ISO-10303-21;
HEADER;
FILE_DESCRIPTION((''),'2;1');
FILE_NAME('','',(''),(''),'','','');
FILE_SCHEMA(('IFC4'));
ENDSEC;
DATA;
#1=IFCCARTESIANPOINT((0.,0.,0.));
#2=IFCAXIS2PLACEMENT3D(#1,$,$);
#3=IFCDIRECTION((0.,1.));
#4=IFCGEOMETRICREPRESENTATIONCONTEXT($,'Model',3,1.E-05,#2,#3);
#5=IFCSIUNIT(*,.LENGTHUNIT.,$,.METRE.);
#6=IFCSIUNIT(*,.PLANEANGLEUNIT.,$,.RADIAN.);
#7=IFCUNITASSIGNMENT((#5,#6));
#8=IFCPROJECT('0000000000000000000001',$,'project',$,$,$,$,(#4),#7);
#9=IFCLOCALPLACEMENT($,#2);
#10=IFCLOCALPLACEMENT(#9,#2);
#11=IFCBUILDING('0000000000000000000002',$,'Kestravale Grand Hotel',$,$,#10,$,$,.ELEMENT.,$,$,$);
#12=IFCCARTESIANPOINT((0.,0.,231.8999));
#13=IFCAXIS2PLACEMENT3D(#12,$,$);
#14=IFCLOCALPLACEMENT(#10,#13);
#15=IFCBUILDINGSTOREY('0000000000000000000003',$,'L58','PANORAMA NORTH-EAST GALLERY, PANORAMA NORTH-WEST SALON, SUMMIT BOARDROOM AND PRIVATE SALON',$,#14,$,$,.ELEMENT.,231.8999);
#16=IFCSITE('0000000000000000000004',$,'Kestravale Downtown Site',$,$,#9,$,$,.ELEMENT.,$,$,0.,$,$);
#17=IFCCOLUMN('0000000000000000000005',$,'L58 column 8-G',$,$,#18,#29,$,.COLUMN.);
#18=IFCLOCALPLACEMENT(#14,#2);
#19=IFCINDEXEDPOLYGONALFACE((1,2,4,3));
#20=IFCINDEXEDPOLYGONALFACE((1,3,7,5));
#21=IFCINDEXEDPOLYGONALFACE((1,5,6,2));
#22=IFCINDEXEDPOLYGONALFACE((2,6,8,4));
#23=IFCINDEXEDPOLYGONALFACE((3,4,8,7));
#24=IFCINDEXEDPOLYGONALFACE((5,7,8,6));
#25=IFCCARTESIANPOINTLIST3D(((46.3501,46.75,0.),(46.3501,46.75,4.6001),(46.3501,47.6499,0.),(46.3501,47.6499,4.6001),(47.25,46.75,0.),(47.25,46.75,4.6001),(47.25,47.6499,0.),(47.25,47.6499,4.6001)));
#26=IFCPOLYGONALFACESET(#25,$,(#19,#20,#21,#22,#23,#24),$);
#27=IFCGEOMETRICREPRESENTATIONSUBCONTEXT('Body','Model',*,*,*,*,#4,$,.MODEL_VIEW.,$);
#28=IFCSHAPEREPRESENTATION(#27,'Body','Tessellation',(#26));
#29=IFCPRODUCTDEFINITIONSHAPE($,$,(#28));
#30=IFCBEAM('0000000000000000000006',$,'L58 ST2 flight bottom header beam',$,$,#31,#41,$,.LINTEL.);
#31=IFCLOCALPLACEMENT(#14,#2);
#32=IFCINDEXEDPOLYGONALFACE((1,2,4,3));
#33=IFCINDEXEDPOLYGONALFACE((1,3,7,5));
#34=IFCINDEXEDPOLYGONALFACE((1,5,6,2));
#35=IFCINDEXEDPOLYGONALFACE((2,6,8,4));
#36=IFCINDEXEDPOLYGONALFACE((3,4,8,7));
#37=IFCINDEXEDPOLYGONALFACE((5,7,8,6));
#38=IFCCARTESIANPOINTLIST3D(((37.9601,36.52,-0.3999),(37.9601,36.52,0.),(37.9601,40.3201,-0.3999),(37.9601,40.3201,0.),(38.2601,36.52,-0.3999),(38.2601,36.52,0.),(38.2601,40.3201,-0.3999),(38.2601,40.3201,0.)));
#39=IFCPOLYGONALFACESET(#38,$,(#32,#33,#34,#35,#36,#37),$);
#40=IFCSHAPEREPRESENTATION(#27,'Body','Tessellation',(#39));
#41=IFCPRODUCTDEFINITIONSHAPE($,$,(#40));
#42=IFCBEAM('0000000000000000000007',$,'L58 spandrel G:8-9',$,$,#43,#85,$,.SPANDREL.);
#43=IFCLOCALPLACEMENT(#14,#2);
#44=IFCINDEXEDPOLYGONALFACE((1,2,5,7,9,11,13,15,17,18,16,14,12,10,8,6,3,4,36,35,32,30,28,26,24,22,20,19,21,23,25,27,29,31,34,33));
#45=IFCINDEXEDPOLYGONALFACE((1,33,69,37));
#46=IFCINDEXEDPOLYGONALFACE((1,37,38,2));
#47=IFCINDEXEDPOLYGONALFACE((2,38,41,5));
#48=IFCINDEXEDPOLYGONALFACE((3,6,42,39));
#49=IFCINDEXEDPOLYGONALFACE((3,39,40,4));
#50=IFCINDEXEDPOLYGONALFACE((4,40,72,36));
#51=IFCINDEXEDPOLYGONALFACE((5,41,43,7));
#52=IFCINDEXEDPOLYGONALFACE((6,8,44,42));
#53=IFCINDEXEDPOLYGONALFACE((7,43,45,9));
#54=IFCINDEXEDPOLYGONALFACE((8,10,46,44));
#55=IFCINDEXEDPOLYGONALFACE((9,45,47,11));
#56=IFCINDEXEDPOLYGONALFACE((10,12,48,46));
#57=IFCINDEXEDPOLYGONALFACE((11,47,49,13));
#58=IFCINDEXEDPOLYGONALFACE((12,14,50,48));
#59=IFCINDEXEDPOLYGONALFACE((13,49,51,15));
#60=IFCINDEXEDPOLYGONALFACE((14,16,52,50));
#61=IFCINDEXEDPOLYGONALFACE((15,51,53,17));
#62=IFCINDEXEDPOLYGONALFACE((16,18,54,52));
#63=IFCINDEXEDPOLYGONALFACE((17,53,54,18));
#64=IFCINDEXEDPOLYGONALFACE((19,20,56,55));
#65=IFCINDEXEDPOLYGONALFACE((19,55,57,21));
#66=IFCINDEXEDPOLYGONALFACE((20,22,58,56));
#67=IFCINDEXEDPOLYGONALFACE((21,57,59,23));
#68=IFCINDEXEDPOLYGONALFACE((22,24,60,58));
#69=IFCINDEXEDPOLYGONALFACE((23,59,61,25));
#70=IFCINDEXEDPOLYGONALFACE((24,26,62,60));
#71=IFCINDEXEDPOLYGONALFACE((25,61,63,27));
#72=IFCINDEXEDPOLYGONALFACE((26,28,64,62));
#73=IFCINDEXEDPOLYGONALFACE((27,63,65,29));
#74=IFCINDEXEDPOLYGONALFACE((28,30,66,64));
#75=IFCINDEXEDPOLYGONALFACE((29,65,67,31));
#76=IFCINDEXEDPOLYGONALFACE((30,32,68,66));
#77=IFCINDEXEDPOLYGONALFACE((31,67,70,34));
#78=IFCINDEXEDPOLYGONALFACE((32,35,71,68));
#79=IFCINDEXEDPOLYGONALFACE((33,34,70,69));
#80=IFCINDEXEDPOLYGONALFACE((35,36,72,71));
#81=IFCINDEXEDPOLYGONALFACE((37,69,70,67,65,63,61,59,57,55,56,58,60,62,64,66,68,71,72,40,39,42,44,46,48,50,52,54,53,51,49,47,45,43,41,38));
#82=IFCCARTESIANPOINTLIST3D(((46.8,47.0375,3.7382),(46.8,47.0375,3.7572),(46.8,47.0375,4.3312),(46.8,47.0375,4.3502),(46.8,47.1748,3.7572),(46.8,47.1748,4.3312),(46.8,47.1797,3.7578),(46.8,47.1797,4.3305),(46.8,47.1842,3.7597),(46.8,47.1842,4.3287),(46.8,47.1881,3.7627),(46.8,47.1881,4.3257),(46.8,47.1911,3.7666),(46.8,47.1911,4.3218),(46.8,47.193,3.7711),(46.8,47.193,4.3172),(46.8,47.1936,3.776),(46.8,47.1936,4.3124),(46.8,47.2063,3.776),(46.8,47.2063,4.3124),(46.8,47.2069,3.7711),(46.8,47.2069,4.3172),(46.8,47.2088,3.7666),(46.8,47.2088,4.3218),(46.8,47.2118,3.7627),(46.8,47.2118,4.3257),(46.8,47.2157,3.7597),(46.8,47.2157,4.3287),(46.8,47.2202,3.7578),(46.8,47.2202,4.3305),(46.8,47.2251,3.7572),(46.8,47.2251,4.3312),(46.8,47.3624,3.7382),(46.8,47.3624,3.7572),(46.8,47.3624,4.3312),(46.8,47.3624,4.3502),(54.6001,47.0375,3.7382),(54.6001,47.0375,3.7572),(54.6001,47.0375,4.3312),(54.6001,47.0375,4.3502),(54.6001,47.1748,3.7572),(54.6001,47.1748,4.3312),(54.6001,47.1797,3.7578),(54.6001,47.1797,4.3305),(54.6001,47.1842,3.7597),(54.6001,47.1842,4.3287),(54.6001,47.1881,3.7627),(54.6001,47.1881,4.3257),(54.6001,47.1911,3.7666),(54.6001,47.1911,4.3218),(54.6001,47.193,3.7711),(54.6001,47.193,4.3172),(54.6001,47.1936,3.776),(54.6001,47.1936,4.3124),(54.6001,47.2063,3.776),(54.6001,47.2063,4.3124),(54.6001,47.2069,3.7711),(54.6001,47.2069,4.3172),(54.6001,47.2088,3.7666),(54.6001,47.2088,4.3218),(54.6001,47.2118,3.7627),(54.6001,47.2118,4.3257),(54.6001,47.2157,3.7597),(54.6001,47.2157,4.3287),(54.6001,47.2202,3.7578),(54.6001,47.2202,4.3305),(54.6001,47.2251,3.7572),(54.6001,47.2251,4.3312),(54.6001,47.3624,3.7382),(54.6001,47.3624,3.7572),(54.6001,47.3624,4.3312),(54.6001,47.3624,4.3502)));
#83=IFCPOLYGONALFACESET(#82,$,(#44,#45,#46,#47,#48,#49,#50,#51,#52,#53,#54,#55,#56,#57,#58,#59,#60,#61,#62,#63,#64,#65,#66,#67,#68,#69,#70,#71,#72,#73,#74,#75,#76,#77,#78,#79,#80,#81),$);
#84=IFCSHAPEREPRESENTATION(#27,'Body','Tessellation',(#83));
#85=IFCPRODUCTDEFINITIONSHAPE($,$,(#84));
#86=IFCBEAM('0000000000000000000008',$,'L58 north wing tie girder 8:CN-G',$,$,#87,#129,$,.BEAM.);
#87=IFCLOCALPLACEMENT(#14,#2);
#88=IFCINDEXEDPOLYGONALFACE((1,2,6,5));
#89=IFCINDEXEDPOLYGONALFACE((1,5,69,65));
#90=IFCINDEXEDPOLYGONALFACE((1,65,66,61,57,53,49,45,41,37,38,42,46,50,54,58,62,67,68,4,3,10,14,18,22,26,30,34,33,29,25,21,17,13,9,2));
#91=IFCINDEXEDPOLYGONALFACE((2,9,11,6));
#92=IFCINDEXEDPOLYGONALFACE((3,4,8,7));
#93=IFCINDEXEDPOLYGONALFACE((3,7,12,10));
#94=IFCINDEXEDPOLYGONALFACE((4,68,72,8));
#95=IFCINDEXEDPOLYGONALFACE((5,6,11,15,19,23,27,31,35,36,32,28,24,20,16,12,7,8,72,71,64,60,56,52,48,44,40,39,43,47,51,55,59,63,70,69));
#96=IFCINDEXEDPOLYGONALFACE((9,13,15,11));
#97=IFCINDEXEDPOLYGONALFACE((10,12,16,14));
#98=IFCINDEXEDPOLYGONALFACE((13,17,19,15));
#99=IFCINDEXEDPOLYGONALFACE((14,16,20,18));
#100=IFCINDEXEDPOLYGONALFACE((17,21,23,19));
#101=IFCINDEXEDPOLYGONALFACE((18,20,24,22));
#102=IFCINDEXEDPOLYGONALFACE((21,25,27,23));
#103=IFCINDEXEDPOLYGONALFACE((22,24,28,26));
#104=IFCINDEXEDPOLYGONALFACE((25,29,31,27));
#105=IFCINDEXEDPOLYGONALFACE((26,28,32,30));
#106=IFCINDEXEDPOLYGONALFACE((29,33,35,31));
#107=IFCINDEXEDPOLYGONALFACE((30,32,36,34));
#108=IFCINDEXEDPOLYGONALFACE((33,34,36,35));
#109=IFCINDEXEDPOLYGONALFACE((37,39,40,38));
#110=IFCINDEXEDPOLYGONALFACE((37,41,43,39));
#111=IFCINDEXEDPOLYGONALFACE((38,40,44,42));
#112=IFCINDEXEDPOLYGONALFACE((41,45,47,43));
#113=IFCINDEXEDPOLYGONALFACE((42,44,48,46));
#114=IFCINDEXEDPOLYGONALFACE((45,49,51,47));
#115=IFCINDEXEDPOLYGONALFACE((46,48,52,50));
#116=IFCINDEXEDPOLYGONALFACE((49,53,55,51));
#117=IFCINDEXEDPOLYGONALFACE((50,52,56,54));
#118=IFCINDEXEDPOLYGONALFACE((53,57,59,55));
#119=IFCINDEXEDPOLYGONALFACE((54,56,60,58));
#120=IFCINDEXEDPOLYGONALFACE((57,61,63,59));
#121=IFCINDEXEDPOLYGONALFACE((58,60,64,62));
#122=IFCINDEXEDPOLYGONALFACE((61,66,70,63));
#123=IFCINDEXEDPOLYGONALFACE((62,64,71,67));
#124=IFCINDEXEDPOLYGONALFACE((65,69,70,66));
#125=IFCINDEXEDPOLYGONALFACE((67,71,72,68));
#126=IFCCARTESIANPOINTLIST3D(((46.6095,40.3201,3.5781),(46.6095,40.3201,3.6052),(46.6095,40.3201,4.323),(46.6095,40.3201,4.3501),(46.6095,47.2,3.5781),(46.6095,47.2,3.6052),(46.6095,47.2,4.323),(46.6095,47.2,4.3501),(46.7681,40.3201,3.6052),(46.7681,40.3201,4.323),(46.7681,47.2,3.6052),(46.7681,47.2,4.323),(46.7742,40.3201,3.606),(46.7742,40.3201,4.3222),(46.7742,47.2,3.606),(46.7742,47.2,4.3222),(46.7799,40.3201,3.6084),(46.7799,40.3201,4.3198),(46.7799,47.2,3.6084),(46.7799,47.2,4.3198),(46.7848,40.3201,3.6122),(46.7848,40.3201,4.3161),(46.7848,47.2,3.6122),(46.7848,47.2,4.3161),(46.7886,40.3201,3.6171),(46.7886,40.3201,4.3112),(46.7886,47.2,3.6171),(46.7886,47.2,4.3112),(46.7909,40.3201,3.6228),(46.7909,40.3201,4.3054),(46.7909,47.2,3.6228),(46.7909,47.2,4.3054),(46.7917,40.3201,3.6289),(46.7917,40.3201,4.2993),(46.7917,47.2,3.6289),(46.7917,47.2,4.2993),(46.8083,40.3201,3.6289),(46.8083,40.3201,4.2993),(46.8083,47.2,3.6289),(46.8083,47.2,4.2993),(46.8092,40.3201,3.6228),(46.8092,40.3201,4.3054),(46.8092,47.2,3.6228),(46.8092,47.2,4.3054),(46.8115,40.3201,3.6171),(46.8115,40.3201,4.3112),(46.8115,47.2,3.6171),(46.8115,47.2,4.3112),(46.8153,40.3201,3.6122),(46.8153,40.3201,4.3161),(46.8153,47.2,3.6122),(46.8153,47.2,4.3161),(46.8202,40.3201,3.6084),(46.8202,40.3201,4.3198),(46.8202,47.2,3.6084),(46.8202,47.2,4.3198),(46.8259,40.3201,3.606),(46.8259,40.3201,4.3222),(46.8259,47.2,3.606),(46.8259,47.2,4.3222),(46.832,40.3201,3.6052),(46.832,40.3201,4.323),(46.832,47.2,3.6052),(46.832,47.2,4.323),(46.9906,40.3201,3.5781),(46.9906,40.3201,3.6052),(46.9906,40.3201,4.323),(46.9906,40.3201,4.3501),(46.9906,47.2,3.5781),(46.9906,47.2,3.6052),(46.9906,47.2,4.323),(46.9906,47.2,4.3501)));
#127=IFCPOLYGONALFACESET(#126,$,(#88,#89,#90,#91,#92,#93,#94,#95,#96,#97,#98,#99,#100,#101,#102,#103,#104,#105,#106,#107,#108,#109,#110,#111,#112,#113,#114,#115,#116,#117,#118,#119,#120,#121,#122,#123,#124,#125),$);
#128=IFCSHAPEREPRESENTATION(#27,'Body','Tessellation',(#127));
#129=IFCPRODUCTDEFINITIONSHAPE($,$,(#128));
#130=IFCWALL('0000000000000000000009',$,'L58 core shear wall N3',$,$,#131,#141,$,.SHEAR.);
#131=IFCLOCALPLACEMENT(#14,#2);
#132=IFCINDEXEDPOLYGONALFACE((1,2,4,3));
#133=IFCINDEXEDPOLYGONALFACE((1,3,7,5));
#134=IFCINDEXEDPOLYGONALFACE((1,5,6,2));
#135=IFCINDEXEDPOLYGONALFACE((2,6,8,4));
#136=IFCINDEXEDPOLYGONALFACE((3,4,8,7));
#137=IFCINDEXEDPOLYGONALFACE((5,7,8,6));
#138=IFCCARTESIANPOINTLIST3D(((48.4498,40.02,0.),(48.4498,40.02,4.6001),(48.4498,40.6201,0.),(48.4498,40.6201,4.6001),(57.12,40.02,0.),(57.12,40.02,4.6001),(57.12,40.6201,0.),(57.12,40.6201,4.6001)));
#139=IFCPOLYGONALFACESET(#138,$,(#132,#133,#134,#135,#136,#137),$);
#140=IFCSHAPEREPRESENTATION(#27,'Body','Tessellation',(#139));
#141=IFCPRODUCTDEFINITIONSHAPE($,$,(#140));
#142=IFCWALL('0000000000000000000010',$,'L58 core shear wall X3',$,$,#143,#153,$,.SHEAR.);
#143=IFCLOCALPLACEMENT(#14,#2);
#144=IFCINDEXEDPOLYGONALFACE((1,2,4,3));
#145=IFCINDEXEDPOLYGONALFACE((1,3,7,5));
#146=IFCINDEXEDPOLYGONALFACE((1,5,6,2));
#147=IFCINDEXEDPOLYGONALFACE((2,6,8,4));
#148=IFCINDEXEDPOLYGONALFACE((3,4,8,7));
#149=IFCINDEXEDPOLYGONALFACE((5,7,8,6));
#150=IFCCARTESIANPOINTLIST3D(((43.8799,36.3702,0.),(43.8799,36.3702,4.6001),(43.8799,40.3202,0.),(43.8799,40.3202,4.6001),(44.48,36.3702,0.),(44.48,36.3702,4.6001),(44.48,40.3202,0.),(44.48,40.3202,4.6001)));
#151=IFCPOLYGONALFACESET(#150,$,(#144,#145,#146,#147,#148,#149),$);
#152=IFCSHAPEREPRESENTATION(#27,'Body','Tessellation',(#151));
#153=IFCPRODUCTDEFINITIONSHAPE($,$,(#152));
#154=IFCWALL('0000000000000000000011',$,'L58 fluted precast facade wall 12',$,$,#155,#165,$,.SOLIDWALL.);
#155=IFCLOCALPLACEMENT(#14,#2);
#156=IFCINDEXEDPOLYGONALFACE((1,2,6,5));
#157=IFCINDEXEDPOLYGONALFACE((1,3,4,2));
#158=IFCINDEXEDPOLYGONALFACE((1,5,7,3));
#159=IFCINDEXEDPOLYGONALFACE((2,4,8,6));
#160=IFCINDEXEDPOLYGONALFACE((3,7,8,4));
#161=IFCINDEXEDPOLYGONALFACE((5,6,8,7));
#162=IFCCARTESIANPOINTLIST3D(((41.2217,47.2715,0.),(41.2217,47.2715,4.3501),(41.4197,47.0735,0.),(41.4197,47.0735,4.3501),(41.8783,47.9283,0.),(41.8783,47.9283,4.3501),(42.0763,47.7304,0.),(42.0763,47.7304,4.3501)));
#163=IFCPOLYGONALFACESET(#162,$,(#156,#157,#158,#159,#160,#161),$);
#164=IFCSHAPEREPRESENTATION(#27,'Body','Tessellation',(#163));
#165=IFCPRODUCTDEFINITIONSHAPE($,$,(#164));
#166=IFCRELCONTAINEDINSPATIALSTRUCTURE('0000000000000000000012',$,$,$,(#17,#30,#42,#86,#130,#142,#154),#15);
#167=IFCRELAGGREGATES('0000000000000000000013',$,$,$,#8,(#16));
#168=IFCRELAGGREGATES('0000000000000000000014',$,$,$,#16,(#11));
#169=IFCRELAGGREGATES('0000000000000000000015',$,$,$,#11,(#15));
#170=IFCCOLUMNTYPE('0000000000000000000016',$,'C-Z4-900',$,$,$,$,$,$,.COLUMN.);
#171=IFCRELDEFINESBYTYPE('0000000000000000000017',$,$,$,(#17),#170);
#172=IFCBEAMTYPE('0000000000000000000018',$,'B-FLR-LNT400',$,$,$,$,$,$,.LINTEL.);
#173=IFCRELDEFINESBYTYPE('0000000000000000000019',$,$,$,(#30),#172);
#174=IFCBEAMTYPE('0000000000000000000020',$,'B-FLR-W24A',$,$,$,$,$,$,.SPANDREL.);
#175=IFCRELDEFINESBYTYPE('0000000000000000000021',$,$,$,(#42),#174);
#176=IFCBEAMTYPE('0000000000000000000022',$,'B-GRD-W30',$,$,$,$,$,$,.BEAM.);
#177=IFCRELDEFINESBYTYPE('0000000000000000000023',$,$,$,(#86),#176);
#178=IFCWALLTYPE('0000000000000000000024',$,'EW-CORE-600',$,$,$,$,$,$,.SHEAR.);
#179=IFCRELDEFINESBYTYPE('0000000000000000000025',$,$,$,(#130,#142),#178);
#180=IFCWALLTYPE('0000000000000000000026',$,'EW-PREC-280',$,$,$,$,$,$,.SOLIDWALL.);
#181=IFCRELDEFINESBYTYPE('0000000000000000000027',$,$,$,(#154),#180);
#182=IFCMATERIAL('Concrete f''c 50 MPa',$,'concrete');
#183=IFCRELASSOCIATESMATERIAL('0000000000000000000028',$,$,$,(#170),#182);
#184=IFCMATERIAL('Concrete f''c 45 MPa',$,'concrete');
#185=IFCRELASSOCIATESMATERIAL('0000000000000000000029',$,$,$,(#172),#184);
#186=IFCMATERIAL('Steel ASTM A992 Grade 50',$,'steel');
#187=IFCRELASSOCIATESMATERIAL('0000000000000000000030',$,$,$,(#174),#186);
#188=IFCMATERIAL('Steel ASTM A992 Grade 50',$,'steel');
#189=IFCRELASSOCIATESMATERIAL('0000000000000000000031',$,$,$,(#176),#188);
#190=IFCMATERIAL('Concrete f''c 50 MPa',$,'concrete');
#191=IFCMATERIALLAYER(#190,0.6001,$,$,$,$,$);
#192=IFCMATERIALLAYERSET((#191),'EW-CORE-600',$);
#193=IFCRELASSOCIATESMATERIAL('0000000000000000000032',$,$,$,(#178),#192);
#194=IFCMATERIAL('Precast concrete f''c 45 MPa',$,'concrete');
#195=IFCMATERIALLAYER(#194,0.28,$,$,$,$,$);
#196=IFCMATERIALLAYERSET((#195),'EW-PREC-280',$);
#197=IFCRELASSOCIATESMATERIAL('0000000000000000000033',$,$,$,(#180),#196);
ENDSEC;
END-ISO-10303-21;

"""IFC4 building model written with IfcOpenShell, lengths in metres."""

from ifc_helpers import new_model, si_unit, direction, frame, frame_2d, origin, origin_2d, place, context, subcontext, project, spatial, rectangle, i_section, extrude, material, layer, layer_set, material_profile, profile_set, type_object, element, save


model = new_model("IFC4")

# Units and contexts
model_context = context("Model", 3, precision=1e-05, world=origin(), true_north=direction((0.0, 1.0)))
body_context = subcontext(model_context, "Body", "Model", "MODEL_VIEW")
ifc_project = project(units=[si_unit("LENGTHUNIT", "METRE"), si_unit("PLANEANGLEUNIT", "RADIAN")], contexts=[model_context])

# Site, building, storey
site_placement = place(None, origin())
site = spatial("IfcSite", under=ifc_project, at=site_placement, Name="Kestravale Downtown Site", CompositionType="ELEMENT", RefElevation=0.0)
building_placement = place(site_placement, origin())
building = spatial("IfcBuilding", under=site, at=building_placement, Name="Kestravale Grand Hotel", CompositionType="ELEMENT")
storey_placement = place(building_placement, frame((0.0, 0.0, 231.8999)))
storey = spatial("IfcBuildingStorey", under=building, at=storey_placement, Name="L58", Description="PANORAMA NORTH-EAST GALLERY, PANORAMA NORTH-WEST SALON, SUMMIT BOARDROOM AND PRIVATE SALON", CompositionType="ELEMENT", Elevation=231.8999)

# Column
ifc_material_1 = material(Name="Concrete f'c 50 MPa", Category="concrete")
ifc_material_profile_1 = material_profile(ifc_material_1, rectangle(XDim=0.8999, YDim=0.8999, at=origin_2d()))
ifc_profile_set_1 = profile_set([ifc_material_profile_1], Name="Concrete f'c 50 MPa")
column_type = type_object("IfcColumnType", Name="C-Z4-900", PredefinedType="COLUMN", material=ifc_profile_set_1)
column_placement = place(storey_placement, frame((46.8, 47.2, 0.0), z_axis=(0.0, 0.0, 1.0), x_axis=(1.0, 0.0, 0.0)))
element("IfcColumn", 1, at=column_placement, inside=storey, type_object=column_type, Name="L58 column 8-G", PredefinedType="COLUMN", context=body_context, shape_type="SweptSolid", body=[
    extrude(rectangle(XDim=0.8999, YDim=0.8999, at=origin_2d()), origin(), (0.0, 0.0, 1.0), 4.6001),
])

# Beams
ifc_material_2 = material(Name="Concrete f'c 45 MPa", Category="concrete")
ifc_material_profile_2 = material_profile(ifc_material_2, rectangle(XDim=0.3, YDim=0.3999, at=origin_2d()))
ifc_profile_set_2 = profile_set([ifc_material_profile_2], Name="Concrete f'c 45 MPa")
beam_type_1 = type_object("IfcBeamType", Name="B-FLR-LNT400", PredefinedType="LINTEL", material=ifc_profile_set_2)
beam_1_placement = place(storey_placement, frame((38.1101, 36.52, -0.2), z_axis=(0.0, 1.0, 0.0), x_axis=(-1.0, 0.0, 0.0)))
element("IfcBeam", 2, at=beam_1_placement, inside=storey, type_object=beam_type_1, Name="L58 ST2 flight bottom header beam", PredefinedType="LINTEL", context=body_context, shape_type="SweptSolid", body=[
    extrude(rectangle(XDim=0.3, YDim=0.3999, at=origin_2d()), origin(), (0.0, 0.0, 1.0), 3.8),
])
ifc_material_3 = material(Name="Steel ASTM A992 Grade 50", Category="steel")
ifc_material_profile_3 = material_profile(ifc_material_3, i_section(OverallWidth=0.325, OverallDepth=0.6121, WebThickness=0.0127, FlangeThickness=0.019, FilletRadius=0.0188, at=origin_2d()))
ifc_profile_set_3 = profile_set([ifc_material_profile_3], Name="Steel ASTM A992 Grade 50")
beam_type_2 = type_object("IfcBeamType", Name="B-FLR-W24A", PredefinedType="SPANDREL", material=ifc_profile_set_3)
beam_2_placement = place(storey_placement, frame((46.8, 47.2, 4.0442), z_axis=(1.0, 0.0, 0.0), x_axis=(0.0, 1.0, 0.0)))
element("IfcBeam", 3, at=beam_2_placement, inside=storey, type_object=beam_type_2, Name="L58 spandrel G:8-9", PredefinedType="SPANDREL", context=body_context, shape_type="SweptSolid", body=[
    extrude(i_section(OverallWidth=0.325, OverallDepth=0.6121, WebThickness=0.0127, FlangeThickness=0.019, FilletRadius=0.0188, at=origin_2d()), origin(), (0.0, 0.0, 1.0), 7.8),
])
ifc_material_4 = material(Name="Steel ASTM A992 Grade 50", Category="steel")
ifc_material_profile_4 = material_profile(ifc_material_4, i_section(OverallWidth=0.3811, OverallDepth=0.772, WebThickness=0.0166, FlangeThickness=0.0271, FilletRadius=0.0237, at=origin_2d()))
ifc_profile_set_4 = profile_set([ifc_material_profile_4], Name="Steel ASTM A992 Grade 50")
beam_type_3 = type_object("IfcBeamType", Name="B-GRD-W30", PredefinedType="BEAM", material=ifc_profile_set_4)
beam_3_placement = place(storey_placement, frame((46.8, 40.3201, 3.9641), z_axis=(0.0, 1.0, 0.0), x_axis=(-1.0, 0.0, 0.0)))
element("IfcBeam", 4, at=beam_3_placement, inside=storey, type_object=beam_type_3, Name="L58 north wing tie girder 8:CN-G", PredefinedType="BEAM", context=body_context, shape_type="SweptSolid", body=[
    extrude(i_section(OverallWidth=0.3811, OverallDepth=0.772, WebThickness=0.0166, FlangeThickness=0.0271, FilletRadius=0.0237, at=origin_2d()), origin(), (0.0, 0.0, 1.0), 6.8799),
])

# Walls
ifc_material_5 = material(Name="Concrete f'c 50 MPa", Category="concrete")
ifc_layer_1 = layer(ifc_material_5, 0.6001)
ifc_layer_set_1 = layer_set([ifc_layer_1], Name="EW-CORE-600")
wall_type_1 = type_object("IfcWallType", Name="EW-CORE-600", PredefinedType="SHEAR", material=ifc_layer_set_1)
wall_1_placement = place(storey_placement, frame((48.45, 40.3201, 0.0), z_axis=(0.0, 0.0, 1.0), x_axis=(1.0, 0.0, 0.0)))
element("IfcWall", 5, at=wall_1_placement, inside=storey, type_object=wall_type_1, Name="L58 core shear wall N3", PredefinedType="SHEAR", context=body_context, shape_type="SweptSolid", body=[
    extrude(rectangle(XDim=8.6702, YDim=0.6001, at=frame_2d((4.335, 0.0))), origin(), (0.0, 0.0, 1.0), 4.6001),
])
wall_2_placement = place(storey_placement, frame((44.1799, 36.3701, 0.0), z_axis=(0.0, 0.0, 1.0), x_axis=(0.0, 1.0, 0.0)))
element("IfcWall", 6, at=wall_2_placement, inside=storey, type_object=wall_type_1, Name="L58 core shear wall X3", PredefinedType="SHEAR", context=body_context, shape_type="SweptSolid", body=[
    extrude(rectangle(XDim=3.95, YDim=0.6001, at=frame_2d((1.9751, 0.0))), origin(), (0.0, 0.0, 1.0), 4.6001),
])
ifc_material_6 = material(Name="Precast concrete f'c 45 MPa", Category="concrete")
ifc_layer_2 = layer(ifc_material_6, 0.28)
ifc_layer_set_2 = layer_set([ifc_layer_2], Name="EW-PREC-280")
wall_type_2 = type_object("IfcWallType", Name="EW-PREC-280", PredefinedType="SOLIDWALL", material=ifc_layer_set_2)
wall_3_placement = place(storey_placement, frame((41.9773, 47.8293, 0.0), z_axis=(0.0, 0.0, 1.0), x_axis=(-0.706975, -0.707238, 0.0)))
element("IfcWall", 7, at=wall_3_placement, inside=storey, type_object=wall_type_2, Name="L58 fluted precast facade wall 12", PredefinedType="SOLIDWALL", context=body_context, shape_type="SweptSolid", body=[
    extrude(rectangle(XDim=0.9287, YDim=0.28, at=frame_2d((0.4644, 0.0))), origin(), (0.0, 0.0, 1.0), 4.3501),
])

save(model, "model.ifc")
